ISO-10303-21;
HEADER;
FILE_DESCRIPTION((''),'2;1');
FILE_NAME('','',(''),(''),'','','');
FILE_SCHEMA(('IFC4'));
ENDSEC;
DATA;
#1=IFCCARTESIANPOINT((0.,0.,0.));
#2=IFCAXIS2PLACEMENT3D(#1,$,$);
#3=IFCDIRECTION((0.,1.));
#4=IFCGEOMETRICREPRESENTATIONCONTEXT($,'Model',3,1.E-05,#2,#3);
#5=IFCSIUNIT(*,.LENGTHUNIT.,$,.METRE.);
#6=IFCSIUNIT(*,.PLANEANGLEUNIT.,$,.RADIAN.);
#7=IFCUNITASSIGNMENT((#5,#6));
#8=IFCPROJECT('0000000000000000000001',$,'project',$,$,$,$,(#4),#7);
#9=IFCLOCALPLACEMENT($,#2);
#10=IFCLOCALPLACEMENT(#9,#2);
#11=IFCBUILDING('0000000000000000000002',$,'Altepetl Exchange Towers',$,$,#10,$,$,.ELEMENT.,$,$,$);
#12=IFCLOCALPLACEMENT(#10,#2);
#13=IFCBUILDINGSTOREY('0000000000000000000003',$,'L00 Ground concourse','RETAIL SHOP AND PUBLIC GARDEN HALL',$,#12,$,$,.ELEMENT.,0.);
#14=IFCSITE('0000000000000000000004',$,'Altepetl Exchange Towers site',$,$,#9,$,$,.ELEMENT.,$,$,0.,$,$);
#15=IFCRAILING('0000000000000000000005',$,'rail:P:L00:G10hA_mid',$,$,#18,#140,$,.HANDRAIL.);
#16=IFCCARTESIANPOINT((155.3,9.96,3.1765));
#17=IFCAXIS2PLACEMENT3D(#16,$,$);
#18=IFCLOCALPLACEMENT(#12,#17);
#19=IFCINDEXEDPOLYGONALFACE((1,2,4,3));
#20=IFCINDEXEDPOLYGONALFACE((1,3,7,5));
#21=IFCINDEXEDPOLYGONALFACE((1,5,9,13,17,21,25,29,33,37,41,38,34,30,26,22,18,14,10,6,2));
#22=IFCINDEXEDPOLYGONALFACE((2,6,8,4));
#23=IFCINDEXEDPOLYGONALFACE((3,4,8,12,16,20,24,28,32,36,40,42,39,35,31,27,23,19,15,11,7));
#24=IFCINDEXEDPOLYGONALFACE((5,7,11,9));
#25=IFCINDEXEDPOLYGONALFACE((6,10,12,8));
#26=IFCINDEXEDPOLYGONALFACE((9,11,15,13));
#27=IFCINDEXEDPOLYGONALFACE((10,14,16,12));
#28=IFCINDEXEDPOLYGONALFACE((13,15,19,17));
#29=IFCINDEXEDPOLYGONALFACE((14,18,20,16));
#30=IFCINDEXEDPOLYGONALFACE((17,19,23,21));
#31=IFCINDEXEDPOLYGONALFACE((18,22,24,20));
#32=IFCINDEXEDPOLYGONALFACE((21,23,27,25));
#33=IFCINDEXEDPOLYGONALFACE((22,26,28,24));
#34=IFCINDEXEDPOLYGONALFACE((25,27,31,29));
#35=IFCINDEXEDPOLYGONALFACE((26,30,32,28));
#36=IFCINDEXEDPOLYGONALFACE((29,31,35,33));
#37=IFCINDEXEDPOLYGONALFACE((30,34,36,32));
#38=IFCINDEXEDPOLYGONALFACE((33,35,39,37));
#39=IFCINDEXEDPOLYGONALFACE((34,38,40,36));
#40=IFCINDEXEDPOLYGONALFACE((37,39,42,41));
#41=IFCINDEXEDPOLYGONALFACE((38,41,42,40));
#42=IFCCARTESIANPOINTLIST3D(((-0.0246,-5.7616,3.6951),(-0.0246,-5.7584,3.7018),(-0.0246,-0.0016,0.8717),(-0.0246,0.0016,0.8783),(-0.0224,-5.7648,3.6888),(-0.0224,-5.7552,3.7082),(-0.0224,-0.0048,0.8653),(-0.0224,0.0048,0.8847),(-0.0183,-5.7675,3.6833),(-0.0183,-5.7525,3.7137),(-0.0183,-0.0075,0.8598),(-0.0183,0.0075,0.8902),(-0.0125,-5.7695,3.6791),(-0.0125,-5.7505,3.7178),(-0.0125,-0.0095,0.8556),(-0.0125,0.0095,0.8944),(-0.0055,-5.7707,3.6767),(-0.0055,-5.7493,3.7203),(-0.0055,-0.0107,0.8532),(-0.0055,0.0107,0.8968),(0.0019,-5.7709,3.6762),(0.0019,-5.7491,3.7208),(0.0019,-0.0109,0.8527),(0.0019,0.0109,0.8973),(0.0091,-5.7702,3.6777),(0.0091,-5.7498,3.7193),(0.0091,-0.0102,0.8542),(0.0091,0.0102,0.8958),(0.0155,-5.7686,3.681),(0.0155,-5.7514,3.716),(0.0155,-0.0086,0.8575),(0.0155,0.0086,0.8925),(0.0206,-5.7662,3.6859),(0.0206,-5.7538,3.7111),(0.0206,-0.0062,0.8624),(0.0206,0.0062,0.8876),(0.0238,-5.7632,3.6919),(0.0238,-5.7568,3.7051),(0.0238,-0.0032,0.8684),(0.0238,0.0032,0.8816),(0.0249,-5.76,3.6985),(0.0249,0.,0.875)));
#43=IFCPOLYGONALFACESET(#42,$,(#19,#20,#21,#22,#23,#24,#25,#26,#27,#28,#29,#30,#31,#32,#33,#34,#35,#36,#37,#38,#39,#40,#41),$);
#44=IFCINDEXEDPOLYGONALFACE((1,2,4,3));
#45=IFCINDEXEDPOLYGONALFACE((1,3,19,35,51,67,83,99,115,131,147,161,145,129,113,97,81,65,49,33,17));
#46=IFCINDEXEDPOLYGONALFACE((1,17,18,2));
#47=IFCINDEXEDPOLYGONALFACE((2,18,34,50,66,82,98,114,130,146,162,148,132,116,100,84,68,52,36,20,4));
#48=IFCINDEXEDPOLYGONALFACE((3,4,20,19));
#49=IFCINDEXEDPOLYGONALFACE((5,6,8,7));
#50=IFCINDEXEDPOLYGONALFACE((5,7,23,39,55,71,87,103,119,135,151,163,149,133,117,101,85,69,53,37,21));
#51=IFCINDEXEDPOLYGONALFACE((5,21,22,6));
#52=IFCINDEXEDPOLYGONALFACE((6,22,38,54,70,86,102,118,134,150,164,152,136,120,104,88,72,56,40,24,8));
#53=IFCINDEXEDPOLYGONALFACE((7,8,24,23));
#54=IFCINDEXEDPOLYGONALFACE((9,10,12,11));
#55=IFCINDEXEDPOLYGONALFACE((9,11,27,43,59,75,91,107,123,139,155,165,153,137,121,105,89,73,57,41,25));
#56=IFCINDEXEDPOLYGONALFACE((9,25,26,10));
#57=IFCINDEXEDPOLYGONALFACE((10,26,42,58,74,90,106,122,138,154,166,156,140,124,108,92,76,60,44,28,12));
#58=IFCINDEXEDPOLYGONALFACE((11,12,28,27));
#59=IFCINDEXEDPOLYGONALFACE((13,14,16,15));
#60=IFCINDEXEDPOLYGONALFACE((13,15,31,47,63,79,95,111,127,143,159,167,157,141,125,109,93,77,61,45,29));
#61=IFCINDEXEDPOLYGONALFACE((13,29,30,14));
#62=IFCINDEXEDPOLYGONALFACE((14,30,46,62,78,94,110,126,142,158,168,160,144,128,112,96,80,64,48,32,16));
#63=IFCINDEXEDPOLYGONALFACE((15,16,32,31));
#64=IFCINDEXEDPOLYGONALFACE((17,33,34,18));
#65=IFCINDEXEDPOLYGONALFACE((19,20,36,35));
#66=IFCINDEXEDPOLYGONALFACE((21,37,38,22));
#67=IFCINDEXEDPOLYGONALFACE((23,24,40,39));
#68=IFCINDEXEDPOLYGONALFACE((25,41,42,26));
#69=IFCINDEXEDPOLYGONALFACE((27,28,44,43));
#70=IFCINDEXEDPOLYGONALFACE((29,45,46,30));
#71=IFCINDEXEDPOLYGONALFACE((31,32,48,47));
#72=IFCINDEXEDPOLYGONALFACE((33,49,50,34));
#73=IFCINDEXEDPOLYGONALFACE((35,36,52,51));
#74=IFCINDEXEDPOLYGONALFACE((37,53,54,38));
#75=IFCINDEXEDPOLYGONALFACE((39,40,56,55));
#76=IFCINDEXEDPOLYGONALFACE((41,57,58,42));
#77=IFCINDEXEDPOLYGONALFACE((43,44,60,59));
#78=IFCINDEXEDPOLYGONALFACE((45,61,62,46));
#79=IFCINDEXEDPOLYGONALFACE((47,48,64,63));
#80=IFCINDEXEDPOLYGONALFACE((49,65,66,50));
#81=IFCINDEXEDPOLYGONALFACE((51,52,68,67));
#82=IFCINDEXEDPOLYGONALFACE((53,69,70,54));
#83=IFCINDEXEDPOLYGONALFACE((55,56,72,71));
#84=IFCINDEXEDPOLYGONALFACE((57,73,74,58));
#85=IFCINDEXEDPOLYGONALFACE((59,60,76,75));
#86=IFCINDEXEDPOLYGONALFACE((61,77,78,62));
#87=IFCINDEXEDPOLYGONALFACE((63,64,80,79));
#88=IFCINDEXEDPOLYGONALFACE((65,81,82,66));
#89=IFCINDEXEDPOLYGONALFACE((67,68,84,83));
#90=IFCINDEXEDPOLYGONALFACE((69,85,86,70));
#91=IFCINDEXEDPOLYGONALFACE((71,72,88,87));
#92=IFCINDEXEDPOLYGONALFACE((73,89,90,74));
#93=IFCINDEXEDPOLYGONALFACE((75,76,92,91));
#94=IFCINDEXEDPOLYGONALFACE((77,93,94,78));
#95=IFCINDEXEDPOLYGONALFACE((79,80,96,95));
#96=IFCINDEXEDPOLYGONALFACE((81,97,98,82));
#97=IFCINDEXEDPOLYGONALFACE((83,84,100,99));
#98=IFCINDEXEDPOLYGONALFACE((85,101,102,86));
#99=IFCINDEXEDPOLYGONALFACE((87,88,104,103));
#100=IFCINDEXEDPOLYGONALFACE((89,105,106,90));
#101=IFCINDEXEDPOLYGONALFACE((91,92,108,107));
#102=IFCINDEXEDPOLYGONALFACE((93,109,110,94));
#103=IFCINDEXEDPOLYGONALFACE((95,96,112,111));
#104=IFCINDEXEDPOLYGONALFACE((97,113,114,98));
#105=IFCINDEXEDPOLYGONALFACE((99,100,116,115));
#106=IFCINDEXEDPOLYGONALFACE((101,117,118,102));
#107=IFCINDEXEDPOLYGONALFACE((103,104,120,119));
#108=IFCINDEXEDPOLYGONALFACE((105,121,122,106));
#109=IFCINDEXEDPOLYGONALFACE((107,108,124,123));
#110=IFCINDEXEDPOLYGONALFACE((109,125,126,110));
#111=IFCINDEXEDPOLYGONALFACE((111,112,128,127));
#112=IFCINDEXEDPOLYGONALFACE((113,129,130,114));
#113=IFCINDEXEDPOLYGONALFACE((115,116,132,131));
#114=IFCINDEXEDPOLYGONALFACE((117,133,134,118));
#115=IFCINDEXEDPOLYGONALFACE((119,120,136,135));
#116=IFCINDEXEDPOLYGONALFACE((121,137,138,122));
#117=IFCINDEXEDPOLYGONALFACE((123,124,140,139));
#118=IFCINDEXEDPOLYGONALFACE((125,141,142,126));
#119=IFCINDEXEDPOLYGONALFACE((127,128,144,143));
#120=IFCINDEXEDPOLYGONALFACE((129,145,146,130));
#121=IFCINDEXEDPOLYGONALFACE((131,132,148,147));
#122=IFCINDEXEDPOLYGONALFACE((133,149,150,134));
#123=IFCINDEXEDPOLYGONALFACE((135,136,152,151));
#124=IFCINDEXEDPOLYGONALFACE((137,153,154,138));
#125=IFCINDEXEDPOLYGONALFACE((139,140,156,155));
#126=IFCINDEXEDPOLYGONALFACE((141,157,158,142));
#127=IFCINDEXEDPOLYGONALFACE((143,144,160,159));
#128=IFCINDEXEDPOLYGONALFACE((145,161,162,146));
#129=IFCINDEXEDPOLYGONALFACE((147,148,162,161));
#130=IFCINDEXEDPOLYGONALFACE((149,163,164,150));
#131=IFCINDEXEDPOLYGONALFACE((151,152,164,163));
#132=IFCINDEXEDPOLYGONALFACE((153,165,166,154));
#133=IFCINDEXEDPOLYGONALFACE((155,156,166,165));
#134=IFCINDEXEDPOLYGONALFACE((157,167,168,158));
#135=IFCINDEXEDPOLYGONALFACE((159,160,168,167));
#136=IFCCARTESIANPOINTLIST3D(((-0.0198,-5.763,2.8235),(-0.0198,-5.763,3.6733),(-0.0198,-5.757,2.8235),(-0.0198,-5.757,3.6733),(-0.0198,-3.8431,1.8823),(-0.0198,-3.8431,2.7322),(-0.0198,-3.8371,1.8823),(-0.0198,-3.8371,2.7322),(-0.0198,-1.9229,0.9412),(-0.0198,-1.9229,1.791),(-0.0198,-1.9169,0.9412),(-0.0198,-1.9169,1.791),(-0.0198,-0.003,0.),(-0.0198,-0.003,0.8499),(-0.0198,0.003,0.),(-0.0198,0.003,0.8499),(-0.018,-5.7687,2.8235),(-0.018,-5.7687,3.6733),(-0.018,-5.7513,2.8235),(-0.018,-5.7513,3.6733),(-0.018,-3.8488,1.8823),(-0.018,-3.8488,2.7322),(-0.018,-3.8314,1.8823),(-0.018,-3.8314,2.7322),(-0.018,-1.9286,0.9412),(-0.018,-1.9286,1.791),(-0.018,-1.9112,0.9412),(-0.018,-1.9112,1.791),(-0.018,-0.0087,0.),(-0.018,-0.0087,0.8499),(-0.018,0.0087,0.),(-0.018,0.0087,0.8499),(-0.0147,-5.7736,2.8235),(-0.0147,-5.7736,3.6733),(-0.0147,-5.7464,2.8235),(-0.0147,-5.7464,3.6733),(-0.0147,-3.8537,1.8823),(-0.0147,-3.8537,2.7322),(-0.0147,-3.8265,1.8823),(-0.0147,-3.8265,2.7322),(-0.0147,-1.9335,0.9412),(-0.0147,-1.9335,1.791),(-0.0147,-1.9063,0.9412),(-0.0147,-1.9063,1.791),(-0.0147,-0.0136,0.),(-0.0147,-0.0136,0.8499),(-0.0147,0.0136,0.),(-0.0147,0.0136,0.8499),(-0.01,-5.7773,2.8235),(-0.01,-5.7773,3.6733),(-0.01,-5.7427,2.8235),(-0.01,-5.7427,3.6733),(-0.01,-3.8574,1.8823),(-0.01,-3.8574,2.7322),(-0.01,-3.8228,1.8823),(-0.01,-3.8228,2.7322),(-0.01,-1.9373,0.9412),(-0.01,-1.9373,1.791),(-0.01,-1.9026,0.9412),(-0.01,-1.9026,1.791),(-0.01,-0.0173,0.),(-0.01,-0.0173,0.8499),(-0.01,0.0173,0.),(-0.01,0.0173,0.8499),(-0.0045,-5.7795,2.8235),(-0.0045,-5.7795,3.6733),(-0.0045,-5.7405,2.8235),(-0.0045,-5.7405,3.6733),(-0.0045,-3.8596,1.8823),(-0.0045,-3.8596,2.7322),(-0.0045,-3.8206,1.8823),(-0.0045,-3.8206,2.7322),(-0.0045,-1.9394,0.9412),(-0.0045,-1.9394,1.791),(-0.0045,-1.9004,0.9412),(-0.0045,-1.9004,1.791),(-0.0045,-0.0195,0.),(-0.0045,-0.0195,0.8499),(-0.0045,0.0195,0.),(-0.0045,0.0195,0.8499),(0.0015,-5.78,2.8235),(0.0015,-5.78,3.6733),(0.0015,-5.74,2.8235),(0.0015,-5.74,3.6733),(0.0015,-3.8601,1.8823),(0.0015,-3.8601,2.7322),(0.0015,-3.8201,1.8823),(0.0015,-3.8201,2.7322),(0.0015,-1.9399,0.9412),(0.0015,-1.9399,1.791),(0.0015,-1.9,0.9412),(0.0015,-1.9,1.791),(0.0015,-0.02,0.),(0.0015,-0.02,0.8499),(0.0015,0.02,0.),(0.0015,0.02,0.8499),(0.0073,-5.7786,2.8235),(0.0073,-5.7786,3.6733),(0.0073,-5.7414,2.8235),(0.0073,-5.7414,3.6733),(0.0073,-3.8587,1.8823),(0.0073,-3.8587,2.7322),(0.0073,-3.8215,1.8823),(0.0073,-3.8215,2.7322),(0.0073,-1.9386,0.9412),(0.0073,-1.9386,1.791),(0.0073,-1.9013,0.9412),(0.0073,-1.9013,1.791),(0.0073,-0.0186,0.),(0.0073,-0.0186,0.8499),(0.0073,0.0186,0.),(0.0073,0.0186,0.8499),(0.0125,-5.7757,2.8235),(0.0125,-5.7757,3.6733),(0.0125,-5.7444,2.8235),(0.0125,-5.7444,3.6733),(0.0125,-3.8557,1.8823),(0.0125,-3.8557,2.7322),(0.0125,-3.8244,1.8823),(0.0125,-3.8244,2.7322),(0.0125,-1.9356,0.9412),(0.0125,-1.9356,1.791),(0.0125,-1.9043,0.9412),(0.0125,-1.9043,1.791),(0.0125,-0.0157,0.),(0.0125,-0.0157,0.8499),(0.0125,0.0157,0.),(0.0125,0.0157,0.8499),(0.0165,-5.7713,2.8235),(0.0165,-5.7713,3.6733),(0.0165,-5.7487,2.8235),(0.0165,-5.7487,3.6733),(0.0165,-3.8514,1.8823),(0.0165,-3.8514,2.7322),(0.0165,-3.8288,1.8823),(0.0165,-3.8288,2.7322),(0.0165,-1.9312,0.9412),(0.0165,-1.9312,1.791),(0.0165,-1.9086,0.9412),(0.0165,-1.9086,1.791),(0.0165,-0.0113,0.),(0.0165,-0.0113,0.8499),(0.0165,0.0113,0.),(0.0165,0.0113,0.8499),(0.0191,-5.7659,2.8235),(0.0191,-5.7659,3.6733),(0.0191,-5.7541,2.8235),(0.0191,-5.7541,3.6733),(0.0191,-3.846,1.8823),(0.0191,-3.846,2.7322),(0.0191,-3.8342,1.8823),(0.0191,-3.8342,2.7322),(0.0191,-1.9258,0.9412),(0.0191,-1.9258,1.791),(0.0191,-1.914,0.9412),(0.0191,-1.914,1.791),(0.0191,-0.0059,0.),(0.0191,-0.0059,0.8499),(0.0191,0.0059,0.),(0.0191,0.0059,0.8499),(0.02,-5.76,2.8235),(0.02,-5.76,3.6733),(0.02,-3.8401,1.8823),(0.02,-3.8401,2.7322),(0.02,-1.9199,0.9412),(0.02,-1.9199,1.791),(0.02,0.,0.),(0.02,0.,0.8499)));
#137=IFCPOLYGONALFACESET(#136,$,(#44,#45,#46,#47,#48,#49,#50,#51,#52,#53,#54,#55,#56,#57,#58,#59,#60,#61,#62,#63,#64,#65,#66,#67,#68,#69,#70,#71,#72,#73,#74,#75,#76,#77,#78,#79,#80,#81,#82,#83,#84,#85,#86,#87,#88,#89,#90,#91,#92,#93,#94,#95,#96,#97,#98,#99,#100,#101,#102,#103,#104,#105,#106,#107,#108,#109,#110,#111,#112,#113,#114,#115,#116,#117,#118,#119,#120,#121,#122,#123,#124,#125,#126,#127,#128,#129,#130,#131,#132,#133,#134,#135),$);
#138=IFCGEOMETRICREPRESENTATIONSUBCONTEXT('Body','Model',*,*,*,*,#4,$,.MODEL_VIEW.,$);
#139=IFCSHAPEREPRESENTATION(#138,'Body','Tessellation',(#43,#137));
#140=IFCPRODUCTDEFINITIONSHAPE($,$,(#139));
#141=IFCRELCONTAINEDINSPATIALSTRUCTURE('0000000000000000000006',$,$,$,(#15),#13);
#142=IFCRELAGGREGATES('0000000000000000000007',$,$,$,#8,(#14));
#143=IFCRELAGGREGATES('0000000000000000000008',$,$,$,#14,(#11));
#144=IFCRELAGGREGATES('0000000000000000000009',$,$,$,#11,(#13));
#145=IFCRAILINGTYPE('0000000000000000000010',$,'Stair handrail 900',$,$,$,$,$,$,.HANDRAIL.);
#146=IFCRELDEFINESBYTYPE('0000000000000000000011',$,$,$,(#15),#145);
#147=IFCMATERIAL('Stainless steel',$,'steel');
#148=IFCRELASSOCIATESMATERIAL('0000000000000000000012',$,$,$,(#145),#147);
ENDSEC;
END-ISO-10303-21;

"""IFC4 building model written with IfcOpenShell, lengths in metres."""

from ifc_helpers import new_model, si_unit, direction, frame, origin, origin_2d, place, context, subcontext, project, spatial, circle, extrude, source, transform, mapped, material, type_object, element, save


model = new_model("IFC4")

# Units and contexts
model_context = context("Model", 3, precision=1e-05, world=origin(), true_north=direction((0.0, 1.0)))
body_context = subcontext(model_context, "Body", "Model", "MODEL_VIEW")
ifc_project = project(units=[si_unit("LENGTHUNIT", "METRE"), si_unit("PLANEANGLEUNIT", "RADIAN")], contexts=[model_context])

# Site, building, storey
site_placement = place(None, origin())
site = spatial("IfcSite", under=ifc_project, at=site_placement, Name="Altepetl Exchange Towers site", CompositionType="ELEMENT", RefElevation=0.0)
building_placement = place(site_placement, origin())
building = spatial("IfcBuilding", under=site, at=building_placement, Name="Altepetl Exchange Towers", CompositionType="ELEMENT")
storey_placement = place(building_placement, origin())
storey = spatial("IfcBuildingStorey", under=building, at=storey_placement, Name="L00 Ground concourse", Description="RETAIL SHOP AND PUBLIC GARDEN HALL", CompositionType="ELEMENT", Elevation=0.0)

# Railing
ifc_material_1 = material(Name="Stainless steel", Category="steel")
railing_type_1 = type_object("IfcRailingType", Name="Stair handrail 900", PredefinedType="HANDRAIL", material=ifc_material_1)
shared_shape_1 = source(origin(), body_context, "Body", "SweptSolid", [
    extrude(circle(Radius=0.02, at=origin_2d()), origin(), (0.0, 0.0, 1.0), 0.8499),
])
for number, where, name in (
    (1, (155.3, 9.96, 3.1765), "rail:P:L00:G10hA_mid"),
):
    element("IfcRailing", number, at=place(storey_placement, frame(where)), inside=storey, type_object=railing_type_1, Name=name, PredefinedType="HANDRAIL", context=body_context, shape_type="SweptSolid", body=[
        extrude(circle(Radius=0.0249, at=origin_2d()), frame((0.0, 0.0, 0.875), z_axis=(0.0, -0.897924, 0.440151), x_axis=(1.0, 0.0, 0.0)), (0.0, 0.0, 1.0), 6.4148),
        mapped(shared_shape_1, transform((0.0, 0.0, 0.0))),
        mapped(shared_shape_1, transform((0.0, -1.9199, 0.9412))),
        mapped(shared_shape_1, transform((0.0, -3.8401, 1.8823))),
        mapped(shared_shape_1, transform((0.0, -5.76, 2.8235))),
    ])

save(model, "model.ifc")
